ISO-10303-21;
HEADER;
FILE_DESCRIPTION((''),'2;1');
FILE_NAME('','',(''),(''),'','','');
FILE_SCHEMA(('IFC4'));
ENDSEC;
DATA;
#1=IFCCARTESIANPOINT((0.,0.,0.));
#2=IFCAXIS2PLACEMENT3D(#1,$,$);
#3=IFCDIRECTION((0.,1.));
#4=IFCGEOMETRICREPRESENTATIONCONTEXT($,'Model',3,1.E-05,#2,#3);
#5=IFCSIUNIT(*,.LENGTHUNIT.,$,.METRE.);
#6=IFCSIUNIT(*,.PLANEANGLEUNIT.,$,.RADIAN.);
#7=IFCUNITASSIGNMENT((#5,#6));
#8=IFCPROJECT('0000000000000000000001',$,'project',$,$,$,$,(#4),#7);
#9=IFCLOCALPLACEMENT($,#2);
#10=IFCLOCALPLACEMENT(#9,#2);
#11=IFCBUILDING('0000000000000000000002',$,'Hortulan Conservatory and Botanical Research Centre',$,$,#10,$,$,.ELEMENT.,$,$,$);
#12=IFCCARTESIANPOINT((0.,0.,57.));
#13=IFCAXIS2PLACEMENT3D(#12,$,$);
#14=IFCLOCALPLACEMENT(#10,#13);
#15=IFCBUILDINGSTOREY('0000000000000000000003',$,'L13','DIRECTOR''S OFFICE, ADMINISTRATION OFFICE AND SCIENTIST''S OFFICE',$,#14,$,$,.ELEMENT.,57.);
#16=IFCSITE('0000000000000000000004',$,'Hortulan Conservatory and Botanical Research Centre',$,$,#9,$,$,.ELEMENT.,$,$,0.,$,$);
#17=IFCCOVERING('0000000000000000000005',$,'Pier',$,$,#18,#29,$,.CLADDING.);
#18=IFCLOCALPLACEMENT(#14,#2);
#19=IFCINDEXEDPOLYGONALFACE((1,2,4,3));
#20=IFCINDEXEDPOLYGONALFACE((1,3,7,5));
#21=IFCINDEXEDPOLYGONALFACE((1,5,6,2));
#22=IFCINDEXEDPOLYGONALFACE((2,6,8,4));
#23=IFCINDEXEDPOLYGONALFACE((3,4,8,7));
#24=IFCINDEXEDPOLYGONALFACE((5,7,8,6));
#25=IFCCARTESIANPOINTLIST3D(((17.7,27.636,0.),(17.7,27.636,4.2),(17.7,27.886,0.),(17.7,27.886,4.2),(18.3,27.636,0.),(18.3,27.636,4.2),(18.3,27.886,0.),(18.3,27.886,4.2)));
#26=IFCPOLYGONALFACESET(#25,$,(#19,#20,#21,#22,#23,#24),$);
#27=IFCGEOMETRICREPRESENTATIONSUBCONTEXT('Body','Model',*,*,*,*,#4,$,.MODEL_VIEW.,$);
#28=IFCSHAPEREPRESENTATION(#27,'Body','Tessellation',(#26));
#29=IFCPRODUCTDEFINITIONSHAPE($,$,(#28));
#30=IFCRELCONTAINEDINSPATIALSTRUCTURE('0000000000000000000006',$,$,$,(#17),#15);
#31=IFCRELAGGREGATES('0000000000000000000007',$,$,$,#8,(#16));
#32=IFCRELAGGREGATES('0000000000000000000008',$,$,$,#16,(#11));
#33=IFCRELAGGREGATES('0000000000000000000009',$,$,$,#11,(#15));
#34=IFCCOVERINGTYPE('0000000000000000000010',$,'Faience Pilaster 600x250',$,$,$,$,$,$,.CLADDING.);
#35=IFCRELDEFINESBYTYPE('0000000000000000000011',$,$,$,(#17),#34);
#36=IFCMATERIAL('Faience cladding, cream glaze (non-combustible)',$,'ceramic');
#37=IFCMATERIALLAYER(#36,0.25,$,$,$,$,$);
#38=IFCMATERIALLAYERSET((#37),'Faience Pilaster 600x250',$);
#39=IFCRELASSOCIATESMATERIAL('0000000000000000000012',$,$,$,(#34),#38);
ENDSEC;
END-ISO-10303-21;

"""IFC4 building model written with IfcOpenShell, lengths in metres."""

from ifc_helpers import new_model, si_unit, direction, frame, origin, origin_2d, place, context, subcontext, project, spatial, rectangle, extrude, material, layer, layer_set, type_object, element, save


model = new_model("IFC4")

# Units and contexts
model_context = context("Model", 3, precision=1e-05, world=origin(), true_north=direction((0.0, 1.0)))
body_context = subcontext(model_context, "Body", "Model", "MODEL_VIEW")
ifc_project = project(units=[si_unit("LENGTHUNIT", "METRE"), si_unit("PLANEANGLEUNIT", "RADIAN")], contexts=[model_context])

# Site, building, storey
site_placement = place(None, origin())
site = spatial("IfcSite", under=ifc_project, at=site_placement, Name="Hortulan Conservatory and Botanical Research Centre", CompositionType="ELEMENT", RefElevation=0.0)
building_placement = place(site_placement, origin())
building = spatial("IfcBuilding", under=site, at=building_placement, Name="Hortulan Conservatory and Botanical Research Centre", CompositionType="ELEMENT")
storey_placement = place(building_placement, frame((0.0, 0.0, 57.0)))
storey = spatial("IfcBuildingStorey", under=building, at=storey_placement, Name="L13", Description="DIRECTOR'S OFFICE, ADMINISTRATION OFFICE AND SCIENTIST'S OFFICE", CompositionType="ELEMENT", Elevation=57.0)

# Covering
ifc_material_1 = material(Name="Faience cladding, cream glaze (non-combustible)", Category="ceramic")
ifc_layer_1 = layer(ifc_material_1, 0.25)
ifc_layer_set_1 = layer_set([ifc_layer_1], Name="Faience Pilaster 600x250")
covering_type = type_object("IfcCoveringType", Name="Faience Pilaster 600x250", PredefinedType="CLADDING", material=ifc_layer_set_1)
covering_placement = place(storey_placement, frame((18.0, 27.761, 0.0), z_axis=(0.0, 0.0, 1.0), x_axis=(1.0, 0.0, 0.0)))
element("IfcCovering", 1, at=covering_placement, inside=storey, type_object=covering_type, Name="Pier", PredefinedType="CLADDING", context=body_context, shape_type="SweptSolid", body=[
    extrude(rectangle(XDim=0.6001, YDim=0.25, at=origin_2d()), origin(), (0.0, 0.0, 1.0), 4.2),
])

save(model, "model.ifc")
